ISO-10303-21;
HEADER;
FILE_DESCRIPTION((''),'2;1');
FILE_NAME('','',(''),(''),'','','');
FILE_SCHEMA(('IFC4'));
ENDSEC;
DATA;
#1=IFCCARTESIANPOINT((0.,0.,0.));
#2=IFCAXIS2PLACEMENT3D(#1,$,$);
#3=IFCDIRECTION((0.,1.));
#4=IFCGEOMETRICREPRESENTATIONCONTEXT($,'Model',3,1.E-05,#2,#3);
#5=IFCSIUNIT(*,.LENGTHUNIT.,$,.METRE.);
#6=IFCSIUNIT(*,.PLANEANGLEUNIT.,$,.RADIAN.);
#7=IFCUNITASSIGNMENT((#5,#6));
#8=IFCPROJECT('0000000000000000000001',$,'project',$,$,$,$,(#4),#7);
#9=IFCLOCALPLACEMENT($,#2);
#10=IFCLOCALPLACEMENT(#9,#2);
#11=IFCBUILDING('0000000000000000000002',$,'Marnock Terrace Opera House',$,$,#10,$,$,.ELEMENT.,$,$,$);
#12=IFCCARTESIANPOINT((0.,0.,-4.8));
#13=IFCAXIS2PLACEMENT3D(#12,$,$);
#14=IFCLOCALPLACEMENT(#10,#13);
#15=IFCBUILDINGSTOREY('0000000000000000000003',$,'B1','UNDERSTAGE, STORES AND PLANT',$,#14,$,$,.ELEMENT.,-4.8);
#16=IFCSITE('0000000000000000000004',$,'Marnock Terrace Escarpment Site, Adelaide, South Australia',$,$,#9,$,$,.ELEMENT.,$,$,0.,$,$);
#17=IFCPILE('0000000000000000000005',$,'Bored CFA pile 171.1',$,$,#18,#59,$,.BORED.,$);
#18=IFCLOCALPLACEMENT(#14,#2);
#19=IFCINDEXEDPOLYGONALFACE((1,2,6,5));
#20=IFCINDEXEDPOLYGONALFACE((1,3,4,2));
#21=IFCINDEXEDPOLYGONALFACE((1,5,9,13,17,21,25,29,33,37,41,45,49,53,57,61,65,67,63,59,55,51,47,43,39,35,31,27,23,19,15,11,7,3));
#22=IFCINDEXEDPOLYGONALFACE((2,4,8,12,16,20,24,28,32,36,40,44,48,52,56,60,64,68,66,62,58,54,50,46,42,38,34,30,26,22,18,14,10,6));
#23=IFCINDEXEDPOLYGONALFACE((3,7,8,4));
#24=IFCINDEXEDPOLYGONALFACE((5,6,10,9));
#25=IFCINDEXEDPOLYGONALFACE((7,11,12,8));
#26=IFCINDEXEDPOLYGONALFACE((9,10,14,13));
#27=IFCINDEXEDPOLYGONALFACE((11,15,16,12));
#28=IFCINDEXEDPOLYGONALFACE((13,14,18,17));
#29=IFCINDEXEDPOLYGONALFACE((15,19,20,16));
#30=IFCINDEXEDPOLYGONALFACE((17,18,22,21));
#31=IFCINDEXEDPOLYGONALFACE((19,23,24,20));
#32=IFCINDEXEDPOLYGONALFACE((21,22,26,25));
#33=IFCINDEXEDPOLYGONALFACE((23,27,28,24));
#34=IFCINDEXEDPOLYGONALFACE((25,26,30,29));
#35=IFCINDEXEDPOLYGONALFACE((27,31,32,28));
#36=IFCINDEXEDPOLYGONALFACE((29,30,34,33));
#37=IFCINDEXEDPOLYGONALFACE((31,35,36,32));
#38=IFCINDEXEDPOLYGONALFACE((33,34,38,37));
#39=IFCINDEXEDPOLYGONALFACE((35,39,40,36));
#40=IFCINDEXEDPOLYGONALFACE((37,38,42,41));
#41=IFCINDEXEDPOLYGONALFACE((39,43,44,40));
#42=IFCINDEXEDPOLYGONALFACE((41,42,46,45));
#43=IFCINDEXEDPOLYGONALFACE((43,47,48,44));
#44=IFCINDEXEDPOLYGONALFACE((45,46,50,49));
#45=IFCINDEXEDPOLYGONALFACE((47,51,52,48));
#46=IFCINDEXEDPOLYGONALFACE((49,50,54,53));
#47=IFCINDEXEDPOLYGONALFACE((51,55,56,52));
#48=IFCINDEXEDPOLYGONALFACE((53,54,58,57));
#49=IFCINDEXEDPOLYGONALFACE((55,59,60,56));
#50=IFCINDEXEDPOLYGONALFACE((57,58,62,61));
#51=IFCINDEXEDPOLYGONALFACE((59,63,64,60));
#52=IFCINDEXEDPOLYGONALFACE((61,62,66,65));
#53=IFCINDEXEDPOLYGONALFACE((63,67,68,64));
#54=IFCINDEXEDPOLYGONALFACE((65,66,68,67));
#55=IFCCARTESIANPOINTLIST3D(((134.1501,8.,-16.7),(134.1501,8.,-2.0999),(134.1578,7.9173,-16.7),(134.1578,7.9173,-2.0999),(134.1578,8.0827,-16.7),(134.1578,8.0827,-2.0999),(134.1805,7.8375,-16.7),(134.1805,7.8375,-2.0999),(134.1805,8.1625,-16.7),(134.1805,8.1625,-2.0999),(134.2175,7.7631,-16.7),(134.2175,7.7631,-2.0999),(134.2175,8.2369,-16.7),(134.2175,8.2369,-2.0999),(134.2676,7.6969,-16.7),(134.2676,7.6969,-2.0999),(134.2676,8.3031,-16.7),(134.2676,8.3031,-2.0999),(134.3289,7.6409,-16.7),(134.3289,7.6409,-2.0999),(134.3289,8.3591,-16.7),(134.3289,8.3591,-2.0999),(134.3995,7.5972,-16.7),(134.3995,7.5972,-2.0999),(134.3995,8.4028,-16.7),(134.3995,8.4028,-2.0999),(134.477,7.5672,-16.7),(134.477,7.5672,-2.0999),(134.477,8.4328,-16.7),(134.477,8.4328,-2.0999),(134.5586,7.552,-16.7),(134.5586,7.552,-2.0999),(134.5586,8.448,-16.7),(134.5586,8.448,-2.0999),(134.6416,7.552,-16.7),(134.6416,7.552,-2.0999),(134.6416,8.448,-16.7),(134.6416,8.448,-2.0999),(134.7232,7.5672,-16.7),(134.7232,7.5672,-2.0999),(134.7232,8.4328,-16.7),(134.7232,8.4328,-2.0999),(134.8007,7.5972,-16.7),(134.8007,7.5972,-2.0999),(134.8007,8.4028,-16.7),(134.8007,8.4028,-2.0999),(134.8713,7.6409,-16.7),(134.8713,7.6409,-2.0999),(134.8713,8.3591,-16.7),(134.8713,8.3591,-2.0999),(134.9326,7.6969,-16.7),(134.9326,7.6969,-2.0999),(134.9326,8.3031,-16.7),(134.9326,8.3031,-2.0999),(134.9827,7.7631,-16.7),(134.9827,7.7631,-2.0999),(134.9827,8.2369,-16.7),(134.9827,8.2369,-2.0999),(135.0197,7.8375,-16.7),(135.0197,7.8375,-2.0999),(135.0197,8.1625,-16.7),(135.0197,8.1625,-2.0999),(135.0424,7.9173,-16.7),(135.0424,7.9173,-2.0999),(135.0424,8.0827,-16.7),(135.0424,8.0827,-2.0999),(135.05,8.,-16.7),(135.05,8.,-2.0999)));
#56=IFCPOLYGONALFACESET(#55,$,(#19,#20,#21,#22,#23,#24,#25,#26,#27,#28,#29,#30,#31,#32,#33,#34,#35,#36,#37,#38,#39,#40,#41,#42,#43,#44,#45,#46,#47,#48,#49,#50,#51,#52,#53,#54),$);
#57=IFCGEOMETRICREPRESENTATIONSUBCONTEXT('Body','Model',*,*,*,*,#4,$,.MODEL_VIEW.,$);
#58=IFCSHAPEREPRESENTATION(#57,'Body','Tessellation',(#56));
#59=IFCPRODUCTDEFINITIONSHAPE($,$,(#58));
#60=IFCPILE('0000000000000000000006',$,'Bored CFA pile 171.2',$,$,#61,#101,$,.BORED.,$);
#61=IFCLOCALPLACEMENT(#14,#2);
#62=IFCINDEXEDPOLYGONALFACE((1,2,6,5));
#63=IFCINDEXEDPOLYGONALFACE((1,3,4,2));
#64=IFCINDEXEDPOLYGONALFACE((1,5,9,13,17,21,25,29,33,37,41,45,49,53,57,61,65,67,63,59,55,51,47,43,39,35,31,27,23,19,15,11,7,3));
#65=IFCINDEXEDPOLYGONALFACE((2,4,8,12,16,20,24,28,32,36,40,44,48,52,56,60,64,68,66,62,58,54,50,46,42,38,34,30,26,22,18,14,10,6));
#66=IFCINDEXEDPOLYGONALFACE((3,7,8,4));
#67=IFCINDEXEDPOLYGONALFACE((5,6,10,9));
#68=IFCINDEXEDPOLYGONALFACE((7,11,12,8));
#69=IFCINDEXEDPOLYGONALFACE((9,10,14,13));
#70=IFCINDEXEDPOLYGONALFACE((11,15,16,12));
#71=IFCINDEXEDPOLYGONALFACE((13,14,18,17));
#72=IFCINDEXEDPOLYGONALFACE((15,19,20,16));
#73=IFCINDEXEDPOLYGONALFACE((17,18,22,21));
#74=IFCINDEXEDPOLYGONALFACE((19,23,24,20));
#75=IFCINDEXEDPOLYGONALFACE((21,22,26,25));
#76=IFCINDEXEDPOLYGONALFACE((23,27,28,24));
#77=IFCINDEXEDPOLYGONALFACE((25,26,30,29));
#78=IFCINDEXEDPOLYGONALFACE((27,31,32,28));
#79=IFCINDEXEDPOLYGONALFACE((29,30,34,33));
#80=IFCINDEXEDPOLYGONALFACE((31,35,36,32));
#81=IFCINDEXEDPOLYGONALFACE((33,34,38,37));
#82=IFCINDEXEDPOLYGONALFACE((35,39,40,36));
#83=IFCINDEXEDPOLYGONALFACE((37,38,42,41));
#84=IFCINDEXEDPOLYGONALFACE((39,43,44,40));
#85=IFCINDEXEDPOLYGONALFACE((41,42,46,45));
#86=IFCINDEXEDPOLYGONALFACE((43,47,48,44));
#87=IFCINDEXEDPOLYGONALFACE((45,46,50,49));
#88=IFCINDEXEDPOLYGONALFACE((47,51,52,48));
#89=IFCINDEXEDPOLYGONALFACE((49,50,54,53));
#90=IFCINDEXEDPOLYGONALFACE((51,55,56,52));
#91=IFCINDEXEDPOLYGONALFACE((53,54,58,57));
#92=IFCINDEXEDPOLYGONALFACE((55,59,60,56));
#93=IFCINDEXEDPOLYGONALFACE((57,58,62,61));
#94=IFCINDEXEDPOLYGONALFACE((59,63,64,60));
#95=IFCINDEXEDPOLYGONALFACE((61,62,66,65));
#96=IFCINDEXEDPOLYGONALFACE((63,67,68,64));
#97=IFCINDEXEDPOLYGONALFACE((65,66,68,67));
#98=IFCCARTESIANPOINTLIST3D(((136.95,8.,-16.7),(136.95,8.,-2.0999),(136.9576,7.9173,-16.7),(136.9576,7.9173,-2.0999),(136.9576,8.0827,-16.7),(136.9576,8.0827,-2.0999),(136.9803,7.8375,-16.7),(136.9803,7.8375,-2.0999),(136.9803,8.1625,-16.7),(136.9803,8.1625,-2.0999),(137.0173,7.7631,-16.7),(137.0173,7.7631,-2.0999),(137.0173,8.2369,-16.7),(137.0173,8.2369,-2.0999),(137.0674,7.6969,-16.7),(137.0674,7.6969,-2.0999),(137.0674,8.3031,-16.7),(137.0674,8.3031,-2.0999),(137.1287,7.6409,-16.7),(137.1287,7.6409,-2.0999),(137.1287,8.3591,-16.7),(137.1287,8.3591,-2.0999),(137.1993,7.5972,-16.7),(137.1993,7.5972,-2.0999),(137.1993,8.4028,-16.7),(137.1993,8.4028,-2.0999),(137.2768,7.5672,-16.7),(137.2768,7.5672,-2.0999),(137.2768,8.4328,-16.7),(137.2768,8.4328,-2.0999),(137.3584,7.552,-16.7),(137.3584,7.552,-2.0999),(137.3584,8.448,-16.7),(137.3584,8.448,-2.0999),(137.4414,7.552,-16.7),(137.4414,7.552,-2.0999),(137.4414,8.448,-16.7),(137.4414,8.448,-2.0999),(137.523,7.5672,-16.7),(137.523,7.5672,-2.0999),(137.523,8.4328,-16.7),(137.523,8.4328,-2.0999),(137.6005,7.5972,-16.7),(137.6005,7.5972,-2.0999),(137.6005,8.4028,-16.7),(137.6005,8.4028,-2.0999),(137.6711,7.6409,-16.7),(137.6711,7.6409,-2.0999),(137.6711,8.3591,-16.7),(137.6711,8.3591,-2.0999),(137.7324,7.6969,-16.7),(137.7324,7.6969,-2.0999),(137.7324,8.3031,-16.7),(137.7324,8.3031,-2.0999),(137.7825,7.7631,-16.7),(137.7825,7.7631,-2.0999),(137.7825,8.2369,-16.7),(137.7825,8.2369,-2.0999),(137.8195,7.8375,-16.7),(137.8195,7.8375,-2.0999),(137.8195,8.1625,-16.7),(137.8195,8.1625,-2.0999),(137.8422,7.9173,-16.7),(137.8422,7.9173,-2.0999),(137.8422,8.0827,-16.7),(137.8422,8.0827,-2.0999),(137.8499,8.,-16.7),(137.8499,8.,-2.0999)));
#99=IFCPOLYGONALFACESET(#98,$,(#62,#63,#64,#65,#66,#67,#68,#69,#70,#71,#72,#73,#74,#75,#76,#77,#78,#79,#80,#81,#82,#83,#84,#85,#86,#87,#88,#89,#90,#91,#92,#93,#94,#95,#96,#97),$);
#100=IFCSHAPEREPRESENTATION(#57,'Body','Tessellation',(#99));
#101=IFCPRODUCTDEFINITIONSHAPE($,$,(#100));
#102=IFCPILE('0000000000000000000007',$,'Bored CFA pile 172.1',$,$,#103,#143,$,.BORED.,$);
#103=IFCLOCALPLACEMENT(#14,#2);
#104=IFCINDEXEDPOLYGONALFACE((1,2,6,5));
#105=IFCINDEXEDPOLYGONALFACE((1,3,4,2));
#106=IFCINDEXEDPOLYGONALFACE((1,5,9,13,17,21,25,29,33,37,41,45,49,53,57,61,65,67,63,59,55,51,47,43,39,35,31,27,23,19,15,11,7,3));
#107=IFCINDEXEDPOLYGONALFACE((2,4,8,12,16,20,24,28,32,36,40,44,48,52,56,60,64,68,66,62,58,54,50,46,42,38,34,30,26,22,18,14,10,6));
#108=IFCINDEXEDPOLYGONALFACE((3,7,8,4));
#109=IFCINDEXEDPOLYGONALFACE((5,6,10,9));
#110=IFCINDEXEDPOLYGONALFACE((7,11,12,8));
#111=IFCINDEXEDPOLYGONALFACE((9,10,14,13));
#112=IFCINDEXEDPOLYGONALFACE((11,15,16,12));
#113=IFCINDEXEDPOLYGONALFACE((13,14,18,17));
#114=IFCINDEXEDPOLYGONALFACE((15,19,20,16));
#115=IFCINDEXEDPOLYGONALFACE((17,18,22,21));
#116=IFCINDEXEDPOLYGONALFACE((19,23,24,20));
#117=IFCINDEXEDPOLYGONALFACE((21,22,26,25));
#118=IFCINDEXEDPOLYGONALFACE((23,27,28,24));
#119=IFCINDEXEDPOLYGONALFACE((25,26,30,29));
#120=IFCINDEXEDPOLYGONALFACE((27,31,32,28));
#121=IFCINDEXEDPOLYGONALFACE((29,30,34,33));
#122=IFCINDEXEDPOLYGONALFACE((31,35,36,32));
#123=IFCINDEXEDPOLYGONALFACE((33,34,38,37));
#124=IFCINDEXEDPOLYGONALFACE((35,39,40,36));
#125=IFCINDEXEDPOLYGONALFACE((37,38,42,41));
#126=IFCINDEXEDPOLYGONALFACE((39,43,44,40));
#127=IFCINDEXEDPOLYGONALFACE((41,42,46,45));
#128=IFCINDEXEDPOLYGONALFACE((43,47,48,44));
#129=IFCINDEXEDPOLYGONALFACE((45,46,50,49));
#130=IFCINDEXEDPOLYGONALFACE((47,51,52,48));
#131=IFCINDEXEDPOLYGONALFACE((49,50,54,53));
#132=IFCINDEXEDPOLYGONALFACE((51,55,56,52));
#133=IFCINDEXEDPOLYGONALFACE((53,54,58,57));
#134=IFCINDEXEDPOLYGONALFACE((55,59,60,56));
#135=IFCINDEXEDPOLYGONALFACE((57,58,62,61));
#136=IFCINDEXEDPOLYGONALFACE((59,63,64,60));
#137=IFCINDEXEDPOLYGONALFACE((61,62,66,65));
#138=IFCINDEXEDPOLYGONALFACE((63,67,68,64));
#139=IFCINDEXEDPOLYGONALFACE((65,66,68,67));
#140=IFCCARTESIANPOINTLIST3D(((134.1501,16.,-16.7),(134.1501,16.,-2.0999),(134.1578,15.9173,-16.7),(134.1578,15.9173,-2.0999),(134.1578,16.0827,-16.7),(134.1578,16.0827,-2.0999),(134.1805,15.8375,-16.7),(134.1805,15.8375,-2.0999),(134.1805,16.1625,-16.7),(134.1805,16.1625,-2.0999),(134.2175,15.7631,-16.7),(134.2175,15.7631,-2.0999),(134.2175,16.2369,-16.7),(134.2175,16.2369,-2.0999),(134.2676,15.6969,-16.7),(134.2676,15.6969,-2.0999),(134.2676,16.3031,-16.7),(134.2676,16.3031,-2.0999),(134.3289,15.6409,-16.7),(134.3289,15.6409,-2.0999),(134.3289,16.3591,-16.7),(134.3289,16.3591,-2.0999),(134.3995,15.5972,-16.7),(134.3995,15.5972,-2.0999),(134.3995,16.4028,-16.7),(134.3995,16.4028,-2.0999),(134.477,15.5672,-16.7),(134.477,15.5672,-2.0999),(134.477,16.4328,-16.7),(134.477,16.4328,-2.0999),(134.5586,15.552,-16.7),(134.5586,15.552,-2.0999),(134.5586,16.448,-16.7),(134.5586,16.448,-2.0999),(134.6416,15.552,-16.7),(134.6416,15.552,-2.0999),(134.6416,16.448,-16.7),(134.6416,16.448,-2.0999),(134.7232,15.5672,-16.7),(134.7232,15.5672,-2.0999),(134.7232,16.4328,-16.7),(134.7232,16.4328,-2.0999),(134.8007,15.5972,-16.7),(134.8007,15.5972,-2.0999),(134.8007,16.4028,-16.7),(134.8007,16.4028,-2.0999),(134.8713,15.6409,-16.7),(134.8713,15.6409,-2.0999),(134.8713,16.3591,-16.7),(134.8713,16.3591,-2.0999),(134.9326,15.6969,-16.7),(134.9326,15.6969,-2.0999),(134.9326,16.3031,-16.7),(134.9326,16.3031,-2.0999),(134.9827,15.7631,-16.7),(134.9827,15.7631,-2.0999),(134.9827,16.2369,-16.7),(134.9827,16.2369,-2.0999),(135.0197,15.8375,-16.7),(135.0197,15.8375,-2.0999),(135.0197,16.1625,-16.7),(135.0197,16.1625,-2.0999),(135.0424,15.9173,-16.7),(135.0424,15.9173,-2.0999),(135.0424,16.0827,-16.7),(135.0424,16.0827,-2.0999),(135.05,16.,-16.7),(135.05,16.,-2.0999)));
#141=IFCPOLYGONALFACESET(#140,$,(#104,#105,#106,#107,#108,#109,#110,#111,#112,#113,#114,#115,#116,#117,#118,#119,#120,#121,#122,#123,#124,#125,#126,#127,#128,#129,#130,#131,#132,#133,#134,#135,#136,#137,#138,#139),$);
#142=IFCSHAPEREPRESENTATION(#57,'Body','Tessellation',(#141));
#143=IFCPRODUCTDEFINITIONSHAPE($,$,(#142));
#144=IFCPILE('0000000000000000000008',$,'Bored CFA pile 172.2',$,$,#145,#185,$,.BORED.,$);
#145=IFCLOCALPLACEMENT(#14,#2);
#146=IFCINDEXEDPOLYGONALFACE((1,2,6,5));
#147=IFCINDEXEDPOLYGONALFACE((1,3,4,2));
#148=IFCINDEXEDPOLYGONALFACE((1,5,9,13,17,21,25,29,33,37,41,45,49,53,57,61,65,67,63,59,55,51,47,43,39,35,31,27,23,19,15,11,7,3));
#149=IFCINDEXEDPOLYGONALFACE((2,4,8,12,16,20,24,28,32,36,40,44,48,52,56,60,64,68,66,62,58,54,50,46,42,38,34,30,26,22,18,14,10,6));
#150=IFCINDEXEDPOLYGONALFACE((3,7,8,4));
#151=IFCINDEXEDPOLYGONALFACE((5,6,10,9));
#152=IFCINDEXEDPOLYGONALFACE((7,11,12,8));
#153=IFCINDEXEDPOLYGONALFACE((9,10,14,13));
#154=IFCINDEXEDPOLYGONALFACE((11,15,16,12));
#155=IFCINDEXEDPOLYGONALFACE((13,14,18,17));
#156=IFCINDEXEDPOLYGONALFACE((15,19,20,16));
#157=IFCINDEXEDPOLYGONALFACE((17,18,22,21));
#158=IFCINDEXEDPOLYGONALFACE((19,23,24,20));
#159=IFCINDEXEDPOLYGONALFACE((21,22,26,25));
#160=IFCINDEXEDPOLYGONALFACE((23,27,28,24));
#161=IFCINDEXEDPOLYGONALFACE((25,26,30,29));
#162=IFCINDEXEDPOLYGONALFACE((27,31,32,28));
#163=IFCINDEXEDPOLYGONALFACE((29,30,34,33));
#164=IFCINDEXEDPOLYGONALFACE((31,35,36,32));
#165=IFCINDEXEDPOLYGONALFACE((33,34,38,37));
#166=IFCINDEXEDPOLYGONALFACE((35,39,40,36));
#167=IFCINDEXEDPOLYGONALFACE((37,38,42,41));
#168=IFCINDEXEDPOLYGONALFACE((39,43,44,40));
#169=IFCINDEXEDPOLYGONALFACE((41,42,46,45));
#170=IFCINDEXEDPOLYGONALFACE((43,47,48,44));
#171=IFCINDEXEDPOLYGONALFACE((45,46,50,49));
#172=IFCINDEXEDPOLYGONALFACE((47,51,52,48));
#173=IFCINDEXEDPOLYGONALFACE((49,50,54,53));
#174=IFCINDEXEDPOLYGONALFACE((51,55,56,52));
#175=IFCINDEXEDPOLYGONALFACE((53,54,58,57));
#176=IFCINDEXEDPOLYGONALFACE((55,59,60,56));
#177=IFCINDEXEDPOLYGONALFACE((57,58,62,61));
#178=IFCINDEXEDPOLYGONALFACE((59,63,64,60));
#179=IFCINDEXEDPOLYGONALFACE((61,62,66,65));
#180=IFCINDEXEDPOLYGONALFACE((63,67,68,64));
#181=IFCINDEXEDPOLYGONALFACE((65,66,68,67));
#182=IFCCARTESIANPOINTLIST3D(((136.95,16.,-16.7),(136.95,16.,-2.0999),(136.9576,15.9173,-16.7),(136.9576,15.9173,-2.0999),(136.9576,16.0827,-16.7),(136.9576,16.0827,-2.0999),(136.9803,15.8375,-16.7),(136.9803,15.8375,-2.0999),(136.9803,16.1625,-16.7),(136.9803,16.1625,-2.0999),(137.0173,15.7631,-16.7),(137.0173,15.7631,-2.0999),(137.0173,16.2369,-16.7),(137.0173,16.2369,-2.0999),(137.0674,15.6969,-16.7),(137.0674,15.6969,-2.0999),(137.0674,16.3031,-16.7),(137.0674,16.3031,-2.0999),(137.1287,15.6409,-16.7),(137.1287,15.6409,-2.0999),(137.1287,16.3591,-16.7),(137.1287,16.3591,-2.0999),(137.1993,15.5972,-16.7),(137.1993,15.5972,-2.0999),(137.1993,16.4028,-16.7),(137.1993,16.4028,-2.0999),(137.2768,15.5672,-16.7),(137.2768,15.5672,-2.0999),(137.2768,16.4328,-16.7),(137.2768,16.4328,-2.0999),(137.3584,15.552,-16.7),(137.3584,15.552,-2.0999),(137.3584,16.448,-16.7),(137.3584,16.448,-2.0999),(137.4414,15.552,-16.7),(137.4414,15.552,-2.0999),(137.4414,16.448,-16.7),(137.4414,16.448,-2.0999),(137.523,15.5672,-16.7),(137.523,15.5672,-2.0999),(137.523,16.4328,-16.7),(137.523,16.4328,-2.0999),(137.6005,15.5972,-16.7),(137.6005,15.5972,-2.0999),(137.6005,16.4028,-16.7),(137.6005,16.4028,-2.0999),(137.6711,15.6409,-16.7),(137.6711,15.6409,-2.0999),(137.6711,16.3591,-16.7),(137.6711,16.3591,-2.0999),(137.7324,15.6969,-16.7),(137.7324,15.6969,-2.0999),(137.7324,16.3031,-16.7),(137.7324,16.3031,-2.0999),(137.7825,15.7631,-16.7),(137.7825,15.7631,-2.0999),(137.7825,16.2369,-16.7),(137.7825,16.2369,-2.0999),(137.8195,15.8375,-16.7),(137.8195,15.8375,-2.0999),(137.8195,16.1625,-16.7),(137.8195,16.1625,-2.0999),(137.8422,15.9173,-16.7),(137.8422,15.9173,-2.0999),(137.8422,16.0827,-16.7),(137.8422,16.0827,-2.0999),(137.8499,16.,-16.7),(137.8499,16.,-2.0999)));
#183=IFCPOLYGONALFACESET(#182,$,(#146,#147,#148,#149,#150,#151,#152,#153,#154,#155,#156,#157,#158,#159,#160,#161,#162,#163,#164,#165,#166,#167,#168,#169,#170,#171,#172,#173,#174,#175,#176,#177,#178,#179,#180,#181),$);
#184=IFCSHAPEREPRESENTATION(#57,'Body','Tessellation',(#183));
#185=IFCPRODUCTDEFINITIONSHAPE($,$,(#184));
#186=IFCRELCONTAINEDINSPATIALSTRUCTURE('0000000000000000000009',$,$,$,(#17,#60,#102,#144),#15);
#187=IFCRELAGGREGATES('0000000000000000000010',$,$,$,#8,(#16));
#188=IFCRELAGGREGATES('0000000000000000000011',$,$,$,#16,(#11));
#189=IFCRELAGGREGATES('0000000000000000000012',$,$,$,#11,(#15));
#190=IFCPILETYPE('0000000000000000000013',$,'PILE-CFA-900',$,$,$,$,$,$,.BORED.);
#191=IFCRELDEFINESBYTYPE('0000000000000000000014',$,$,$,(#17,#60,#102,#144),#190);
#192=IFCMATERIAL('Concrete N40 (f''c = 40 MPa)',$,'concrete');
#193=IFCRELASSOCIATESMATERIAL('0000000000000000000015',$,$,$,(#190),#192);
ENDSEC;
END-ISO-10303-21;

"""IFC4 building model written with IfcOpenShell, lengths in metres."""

from ifc_helpers import new_model, si_unit, direction, frame, origin, origin_2d, place, context, subcontext, project, spatial, circle, extrude, material, material_profile, profile_set, type_object, element, save


model = new_model("IFC4")

# Units and contexts
model_context = context("Model", 3, precision=1e-05, world=origin(), true_north=direction((0.0, 1.0)))
body_context = subcontext(model_context, "Body", "Model", "MODEL_VIEW")
ifc_project = project(units=[si_unit("LENGTHUNIT", "METRE"), si_unit("PLANEANGLEUNIT", "RADIAN")], contexts=[model_context])

# Site, building, storey
site_placement = place(None, origin())
site = spatial("IfcSite", under=ifc_project, at=site_placement, Name="Marnock Terrace Escarpment Site, Adelaide, South Australia", CompositionType="ELEMENT", RefElevation=0.0)
building_placement = place(site_placement, origin())
building = spatial("IfcBuilding", under=site, at=building_placement, Name="Marnock Terrace Opera House", CompositionType="ELEMENT")
storey_placement = place(building_placement, frame((0.0, 0.0, -4.8)))
storey = spatial("IfcBuildingStorey", under=building, at=storey_placement, Name="B1", Description="UNDERSTAGE, STORES AND PLANT", CompositionType="ELEMENT", Elevation=-4.8)

# Shared definitions
ifc_material_1 = material(Name="Concrete N40 (f'c = 40 MPa)", Category="concrete")

# Piles
ifc_material_profile_1 = material_profile(ifc_material_1, circle(Radius=0.45, at=origin_2d()))
ifc_profile_set_1 = profile_set([ifc_material_profile_1], Name="Concrete N40 (f'c = 40 MPa)")
pile_type = type_object("IfcPileType", Name="PILE-CFA-900", PredefinedType="BORED", material=ifc_profile_set_1)
for number, where, z_axis, x_axis, name in (
    (1, (134.6001, 8.0, -2.0999), (0.0, 0.0, -1.0), (1.0, 0.0, 0.0), "Bored CFA pile 171.1"),
    (2, (137.3999, 8.0, -2.0999), (0.0, 0.0, -1.0), (1.0, 0.0, 0.0), "Bored CFA pile 171.2"),
    (3, (134.6001, 16.0, -2.0999), (0.0, 0.0, -1.0), (1.0, 0.0, 0.0), "Bored CFA pile 172.1"),
    (4, (137.3999, 16.0, -2.0999), (0.0, 0.0, -1.0), (1.0, 0.0, 0.0), "Bored CFA pile 172.2"),
):
    element("IfcPile", number, at=place(storey_placement, frame(where, z_axis=z_axis, x_axis=x_axis)), inside=storey, type_object=pile_type, Name=name, PredefinedType="BORED", context=body_context, shape_type="SweptSolid", body=[
        extrude(circle(Radius=0.45, at=origin_2d()), origin(), (0.0, 0.0, 1.0), 14.6001),
    ])

save(model, "model.ifc")
